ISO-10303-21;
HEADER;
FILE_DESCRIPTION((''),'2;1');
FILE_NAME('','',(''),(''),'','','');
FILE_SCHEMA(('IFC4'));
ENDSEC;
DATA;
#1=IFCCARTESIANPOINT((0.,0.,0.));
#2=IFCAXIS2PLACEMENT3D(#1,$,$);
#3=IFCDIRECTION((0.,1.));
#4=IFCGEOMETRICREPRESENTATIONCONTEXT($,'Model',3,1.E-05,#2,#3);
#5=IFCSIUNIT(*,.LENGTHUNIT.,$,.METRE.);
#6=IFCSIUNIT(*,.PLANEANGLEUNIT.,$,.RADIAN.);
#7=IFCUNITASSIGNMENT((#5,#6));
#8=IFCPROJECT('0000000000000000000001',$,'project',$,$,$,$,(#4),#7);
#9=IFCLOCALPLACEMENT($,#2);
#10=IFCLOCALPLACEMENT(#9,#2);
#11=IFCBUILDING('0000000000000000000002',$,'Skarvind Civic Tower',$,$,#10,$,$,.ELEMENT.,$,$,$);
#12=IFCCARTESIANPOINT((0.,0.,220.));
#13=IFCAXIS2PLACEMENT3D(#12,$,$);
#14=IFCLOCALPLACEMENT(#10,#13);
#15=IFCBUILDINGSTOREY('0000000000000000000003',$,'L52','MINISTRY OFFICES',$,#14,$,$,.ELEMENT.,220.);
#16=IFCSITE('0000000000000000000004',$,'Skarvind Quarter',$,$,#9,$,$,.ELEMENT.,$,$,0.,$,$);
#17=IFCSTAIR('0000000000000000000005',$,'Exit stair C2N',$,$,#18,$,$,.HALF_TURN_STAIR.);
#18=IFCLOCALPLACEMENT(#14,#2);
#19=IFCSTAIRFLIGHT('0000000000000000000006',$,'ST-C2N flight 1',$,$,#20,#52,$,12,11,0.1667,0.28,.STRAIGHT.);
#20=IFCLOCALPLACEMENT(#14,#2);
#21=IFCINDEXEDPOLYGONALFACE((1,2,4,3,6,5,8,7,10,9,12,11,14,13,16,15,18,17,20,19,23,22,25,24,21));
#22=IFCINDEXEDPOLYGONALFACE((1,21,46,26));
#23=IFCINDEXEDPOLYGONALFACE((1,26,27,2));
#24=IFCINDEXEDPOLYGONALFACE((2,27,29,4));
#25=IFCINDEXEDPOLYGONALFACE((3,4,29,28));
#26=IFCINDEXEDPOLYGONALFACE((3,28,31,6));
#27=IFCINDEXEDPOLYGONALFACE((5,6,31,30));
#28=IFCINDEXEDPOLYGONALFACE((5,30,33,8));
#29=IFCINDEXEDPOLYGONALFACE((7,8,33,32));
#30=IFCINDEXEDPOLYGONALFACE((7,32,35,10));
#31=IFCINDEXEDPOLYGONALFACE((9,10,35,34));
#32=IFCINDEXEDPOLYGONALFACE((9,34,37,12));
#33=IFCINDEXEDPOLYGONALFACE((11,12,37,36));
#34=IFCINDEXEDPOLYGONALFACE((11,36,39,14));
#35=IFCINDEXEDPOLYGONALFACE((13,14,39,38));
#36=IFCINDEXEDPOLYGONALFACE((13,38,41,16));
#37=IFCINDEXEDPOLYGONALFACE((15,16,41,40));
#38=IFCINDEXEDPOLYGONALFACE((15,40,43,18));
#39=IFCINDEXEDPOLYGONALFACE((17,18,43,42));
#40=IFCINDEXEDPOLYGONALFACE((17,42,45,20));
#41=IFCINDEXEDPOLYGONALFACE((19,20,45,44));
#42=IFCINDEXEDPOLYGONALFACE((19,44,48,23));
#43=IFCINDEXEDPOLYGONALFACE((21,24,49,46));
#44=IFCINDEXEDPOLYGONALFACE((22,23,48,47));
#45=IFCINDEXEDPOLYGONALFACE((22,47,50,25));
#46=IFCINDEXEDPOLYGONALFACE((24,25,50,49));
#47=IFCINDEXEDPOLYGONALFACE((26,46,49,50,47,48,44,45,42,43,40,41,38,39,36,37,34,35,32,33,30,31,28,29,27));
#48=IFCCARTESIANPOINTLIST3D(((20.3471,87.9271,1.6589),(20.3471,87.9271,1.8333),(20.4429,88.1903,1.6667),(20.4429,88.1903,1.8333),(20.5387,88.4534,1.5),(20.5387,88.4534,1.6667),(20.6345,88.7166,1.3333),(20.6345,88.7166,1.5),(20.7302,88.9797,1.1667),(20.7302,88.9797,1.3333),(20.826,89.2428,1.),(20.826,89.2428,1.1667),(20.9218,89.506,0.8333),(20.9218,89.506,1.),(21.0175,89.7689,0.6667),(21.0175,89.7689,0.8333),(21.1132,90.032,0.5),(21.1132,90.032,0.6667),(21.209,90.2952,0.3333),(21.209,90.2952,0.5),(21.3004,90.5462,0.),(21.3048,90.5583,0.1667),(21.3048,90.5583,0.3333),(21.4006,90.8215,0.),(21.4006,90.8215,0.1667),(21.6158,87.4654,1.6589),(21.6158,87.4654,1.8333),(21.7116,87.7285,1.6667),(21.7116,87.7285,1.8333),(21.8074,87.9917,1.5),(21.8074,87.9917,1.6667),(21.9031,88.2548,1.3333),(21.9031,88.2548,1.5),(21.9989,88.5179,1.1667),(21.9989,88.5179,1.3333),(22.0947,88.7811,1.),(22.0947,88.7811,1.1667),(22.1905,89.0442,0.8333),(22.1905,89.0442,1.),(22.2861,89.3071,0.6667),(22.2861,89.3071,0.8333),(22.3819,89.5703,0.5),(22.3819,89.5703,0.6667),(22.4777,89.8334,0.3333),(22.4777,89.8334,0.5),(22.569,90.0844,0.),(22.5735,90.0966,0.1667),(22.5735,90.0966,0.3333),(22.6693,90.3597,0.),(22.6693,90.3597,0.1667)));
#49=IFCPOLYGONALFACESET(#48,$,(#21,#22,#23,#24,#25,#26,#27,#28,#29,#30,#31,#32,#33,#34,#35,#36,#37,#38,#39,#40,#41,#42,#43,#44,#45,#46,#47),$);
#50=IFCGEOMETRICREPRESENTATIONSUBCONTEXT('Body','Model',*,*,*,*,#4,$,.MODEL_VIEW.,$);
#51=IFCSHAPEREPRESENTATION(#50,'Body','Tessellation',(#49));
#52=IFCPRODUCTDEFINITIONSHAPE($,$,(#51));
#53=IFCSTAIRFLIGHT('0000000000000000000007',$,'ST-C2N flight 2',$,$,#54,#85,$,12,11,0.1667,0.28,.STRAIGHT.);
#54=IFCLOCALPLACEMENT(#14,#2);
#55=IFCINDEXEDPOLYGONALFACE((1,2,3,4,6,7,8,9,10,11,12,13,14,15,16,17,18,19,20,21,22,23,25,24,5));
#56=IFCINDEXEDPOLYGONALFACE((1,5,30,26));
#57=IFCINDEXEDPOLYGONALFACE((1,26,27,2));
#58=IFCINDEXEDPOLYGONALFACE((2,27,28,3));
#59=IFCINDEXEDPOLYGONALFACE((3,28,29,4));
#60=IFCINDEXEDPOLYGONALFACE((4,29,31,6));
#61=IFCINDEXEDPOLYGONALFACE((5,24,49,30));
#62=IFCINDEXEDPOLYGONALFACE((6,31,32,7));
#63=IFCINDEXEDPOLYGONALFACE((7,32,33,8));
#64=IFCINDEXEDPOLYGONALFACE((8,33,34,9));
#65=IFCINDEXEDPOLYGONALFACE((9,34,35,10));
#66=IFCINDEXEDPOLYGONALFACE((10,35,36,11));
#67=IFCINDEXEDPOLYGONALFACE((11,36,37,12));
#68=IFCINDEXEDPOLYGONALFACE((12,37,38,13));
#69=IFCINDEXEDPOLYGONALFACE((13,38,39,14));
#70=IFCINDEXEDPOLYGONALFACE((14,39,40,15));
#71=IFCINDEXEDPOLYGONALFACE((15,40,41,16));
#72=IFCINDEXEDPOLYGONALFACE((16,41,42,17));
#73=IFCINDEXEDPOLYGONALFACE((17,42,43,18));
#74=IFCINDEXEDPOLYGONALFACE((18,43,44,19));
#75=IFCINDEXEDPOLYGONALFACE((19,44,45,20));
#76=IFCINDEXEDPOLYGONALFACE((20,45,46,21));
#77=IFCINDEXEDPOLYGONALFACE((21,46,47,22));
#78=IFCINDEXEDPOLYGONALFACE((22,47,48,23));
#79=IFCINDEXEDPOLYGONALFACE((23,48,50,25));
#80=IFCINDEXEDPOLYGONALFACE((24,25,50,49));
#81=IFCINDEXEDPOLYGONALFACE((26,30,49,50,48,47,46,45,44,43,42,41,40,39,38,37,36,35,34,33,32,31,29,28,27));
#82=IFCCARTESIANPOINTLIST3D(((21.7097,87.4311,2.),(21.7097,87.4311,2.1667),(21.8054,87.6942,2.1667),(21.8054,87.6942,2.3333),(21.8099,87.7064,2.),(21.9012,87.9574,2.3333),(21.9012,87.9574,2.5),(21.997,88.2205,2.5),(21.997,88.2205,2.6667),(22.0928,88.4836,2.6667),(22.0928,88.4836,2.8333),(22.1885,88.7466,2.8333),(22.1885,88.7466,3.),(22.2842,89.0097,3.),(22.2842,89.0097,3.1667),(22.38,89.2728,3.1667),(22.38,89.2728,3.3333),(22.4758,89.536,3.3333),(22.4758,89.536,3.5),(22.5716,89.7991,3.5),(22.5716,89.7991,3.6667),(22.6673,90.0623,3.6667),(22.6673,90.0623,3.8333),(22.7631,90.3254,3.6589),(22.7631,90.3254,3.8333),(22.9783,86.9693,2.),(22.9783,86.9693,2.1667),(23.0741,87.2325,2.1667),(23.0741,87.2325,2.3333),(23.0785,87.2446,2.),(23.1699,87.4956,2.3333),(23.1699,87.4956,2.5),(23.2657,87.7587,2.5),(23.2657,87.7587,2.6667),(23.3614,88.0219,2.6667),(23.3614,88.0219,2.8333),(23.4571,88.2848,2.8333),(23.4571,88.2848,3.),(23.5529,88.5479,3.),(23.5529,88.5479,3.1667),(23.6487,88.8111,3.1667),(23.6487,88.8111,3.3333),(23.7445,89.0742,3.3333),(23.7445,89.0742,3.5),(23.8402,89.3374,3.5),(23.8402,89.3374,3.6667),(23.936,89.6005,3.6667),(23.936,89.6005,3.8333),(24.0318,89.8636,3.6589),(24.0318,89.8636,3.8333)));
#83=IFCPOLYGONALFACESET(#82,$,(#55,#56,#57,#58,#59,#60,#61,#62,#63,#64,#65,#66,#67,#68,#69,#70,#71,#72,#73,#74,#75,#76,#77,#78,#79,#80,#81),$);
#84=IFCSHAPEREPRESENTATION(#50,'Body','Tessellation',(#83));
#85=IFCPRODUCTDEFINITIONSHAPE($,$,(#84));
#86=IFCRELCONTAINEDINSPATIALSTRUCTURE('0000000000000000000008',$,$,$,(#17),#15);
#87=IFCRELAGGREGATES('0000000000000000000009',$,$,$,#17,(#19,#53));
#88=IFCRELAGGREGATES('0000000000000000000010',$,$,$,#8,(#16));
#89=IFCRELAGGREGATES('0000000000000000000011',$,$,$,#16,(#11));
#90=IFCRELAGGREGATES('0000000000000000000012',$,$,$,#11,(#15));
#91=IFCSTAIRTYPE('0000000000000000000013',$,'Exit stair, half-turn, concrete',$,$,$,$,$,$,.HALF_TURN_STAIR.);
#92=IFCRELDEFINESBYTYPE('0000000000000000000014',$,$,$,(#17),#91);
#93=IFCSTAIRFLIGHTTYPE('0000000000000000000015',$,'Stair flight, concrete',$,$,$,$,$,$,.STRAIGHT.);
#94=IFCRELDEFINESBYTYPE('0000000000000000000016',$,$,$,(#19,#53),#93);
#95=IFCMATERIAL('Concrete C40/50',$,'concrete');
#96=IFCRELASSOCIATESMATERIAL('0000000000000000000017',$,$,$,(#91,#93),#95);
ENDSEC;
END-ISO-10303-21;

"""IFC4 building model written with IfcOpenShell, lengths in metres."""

from ifc_helpers import new_model, si_unit, direction, frame, origin, place, context, subcontext, project, spatial, polyline, outline, extrude, material, type_object, element, aggregate, save


model = new_model("IFC4")

# Units and contexts
model_context = context("Model", 3, precision=1e-05, world=origin(), true_north=direction((0.0, 1.0)))
body_context = subcontext(model_context, "Body", "Model", "MODEL_VIEW")
ifc_project = project(units=[si_unit("LENGTHUNIT", "METRE"), si_unit("PLANEANGLEUNIT", "RADIAN")], contexts=[model_context])

# Site, building, storey
site_placement = place(None, origin())
site = spatial("IfcSite", under=ifc_project, at=site_placement, Name="Skarvind Quarter", CompositionType="ELEMENT", RefElevation=0.0)
building_placement = place(site_placement, origin())
building = spatial("IfcBuilding", under=site, at=building_placement, Name="Skarvind Civic Tower", CompositionType="ELEMENT")
storey_placement = place(building_placement, frame((0.0, 0.0, 220.0)))
storey = spatial("IfcBuildingStorey", under=building, at=storey_placement, Name="L52", Description="MINISTRY OFFICES", CompositionType="ELEMENT", Elevation=220.0)

# Stair, stair flights
ifc_material_1 = material(Name="Concrete C40/50", Category="concrete")
stair_type = type_object("IfcStairType", Name="Exit stair, half-turn, concrete", PredefinedType="HALF_TURN_STAIR", material=ifc_material_1)
stair_placement = place(storey_placement, origin())
stair = element("IfcStair", 1, at=stair_placement, inside=storey, type_object=stair_type, Name="Exit stair C2N", PredefinedType="HALF_TURN_STAIR")
stair_flight_type = type_object("IfcStairFlightType", Name="Stair flight, concrete", PredefinedType="STRAIGHT", material=ifc_material_1)
stair_flight_1_placement = place(storey_placement, frame((22.0349, 90.5906, 0.0), z_axis=(0.0, 0.0, 1.0), x_axis=(-0.34202, -0.939693, 0.0)))
stair_flight_1 = element("IfcStairFlight", 2, at=stair_flight_1_placement, type_object=stair_flight_type, Name="ST-C2N flight 1", NumberOfRisers=12, NumberOfTreads=11, PredefinedType="STRAIGHT", RiserHeight=0.1667, TreadLength=0.28, context=body_context, shape_type="SweptSolid", body=[
    extrude(outline(polyline([(0.0, 0.0), (0.0, 0.1667), (0.28, 0.1667), (0.28, 0.3333), (0.5601, 0.3333), (0.5601, 0.5), (0.8401, 0.5), (0.8401, 0.6667), (1.1201, 0.6667), (1.1201, 0.8333), (1.3999, 0.8333), (1.3999, 1.0), (1.6799, 1.0), (1.6799, 1.1667), (1.96, 1.1667), (1.96, 1.3333), (2.24, 1.3333), (2.24, 1.5), (2.52, 1.5), (2.52, 1.6667), (2.8, 1.6667), (2.8, 1.8333), (3.0801, 1.8333), (3.0801, 2.0), (3.0801, 1.6589), (0.293, 0.0), (0.0, 0.0)])), frame((0.0, 0.675, 0.0), z_axis=(0.0, -1.0, 0.0), x_axis=(1.0, 0.0, 0.0)), (0.0, 0.0, 1.0), 1.3501),
])
stair_flight_2_placement = place(storey_placement, frame((22.344, 87.2002, 2.0), z_axis=(0.0, 0.0, 1.0), x_axis=(0.34202, 0.939693, 0.0)))
stair_flight_2 = element("IfcStairFlight", 3, at=stair_flight_2_placement, type_object=stair_flight_type, Name="ST-C2N flight 2", NumberOfRisers=12, NumberOfTreads=11, PredefinedType="STRAIGHT", RiserHeight=0.1667, TreadLength=0.28, context=body_context, shape_type="SweptSolid", body=[
    extrude(outline(polyline([(0.0, 0.0), (0.0, 0.1667), (0.28, 0.1667), (0.28, 0.3333), (0.5601, 0.3333), (0.5601, 0.5), (0.8401, 0.5), (0.8401, 0.6667), (1.1201, 0.6667), (1.1201, 0.8333), (1.3999, 0.8333), (1.3999, 1.0), (1.6799, 1.0), (1.6799, 1.1667), (1.96, 1.1667), (1.96, 1.3333), (2.24, 1.3333), (2.24, 1.5), (2.52, 1.5), (2.52, 1.6667), (2.8, 1.6667), (2.8, 1.8333), (3.0801, 1.8333), (3.0801, 2.0), (3.0801, 1.6589), (0.293, 0.0), (0.0, 0.0)])), frame((0.0, 0.675, 0.0), z_axis=(0.0, -1.0, 0.0), x_axis=(1.0, 0.0, 0.0)), (0.0, 0.0, 1.0), 1.3501),
])
aggregate(stair, [stair_flight_1, stair_flight_2])

save(model, "model.ifc")
